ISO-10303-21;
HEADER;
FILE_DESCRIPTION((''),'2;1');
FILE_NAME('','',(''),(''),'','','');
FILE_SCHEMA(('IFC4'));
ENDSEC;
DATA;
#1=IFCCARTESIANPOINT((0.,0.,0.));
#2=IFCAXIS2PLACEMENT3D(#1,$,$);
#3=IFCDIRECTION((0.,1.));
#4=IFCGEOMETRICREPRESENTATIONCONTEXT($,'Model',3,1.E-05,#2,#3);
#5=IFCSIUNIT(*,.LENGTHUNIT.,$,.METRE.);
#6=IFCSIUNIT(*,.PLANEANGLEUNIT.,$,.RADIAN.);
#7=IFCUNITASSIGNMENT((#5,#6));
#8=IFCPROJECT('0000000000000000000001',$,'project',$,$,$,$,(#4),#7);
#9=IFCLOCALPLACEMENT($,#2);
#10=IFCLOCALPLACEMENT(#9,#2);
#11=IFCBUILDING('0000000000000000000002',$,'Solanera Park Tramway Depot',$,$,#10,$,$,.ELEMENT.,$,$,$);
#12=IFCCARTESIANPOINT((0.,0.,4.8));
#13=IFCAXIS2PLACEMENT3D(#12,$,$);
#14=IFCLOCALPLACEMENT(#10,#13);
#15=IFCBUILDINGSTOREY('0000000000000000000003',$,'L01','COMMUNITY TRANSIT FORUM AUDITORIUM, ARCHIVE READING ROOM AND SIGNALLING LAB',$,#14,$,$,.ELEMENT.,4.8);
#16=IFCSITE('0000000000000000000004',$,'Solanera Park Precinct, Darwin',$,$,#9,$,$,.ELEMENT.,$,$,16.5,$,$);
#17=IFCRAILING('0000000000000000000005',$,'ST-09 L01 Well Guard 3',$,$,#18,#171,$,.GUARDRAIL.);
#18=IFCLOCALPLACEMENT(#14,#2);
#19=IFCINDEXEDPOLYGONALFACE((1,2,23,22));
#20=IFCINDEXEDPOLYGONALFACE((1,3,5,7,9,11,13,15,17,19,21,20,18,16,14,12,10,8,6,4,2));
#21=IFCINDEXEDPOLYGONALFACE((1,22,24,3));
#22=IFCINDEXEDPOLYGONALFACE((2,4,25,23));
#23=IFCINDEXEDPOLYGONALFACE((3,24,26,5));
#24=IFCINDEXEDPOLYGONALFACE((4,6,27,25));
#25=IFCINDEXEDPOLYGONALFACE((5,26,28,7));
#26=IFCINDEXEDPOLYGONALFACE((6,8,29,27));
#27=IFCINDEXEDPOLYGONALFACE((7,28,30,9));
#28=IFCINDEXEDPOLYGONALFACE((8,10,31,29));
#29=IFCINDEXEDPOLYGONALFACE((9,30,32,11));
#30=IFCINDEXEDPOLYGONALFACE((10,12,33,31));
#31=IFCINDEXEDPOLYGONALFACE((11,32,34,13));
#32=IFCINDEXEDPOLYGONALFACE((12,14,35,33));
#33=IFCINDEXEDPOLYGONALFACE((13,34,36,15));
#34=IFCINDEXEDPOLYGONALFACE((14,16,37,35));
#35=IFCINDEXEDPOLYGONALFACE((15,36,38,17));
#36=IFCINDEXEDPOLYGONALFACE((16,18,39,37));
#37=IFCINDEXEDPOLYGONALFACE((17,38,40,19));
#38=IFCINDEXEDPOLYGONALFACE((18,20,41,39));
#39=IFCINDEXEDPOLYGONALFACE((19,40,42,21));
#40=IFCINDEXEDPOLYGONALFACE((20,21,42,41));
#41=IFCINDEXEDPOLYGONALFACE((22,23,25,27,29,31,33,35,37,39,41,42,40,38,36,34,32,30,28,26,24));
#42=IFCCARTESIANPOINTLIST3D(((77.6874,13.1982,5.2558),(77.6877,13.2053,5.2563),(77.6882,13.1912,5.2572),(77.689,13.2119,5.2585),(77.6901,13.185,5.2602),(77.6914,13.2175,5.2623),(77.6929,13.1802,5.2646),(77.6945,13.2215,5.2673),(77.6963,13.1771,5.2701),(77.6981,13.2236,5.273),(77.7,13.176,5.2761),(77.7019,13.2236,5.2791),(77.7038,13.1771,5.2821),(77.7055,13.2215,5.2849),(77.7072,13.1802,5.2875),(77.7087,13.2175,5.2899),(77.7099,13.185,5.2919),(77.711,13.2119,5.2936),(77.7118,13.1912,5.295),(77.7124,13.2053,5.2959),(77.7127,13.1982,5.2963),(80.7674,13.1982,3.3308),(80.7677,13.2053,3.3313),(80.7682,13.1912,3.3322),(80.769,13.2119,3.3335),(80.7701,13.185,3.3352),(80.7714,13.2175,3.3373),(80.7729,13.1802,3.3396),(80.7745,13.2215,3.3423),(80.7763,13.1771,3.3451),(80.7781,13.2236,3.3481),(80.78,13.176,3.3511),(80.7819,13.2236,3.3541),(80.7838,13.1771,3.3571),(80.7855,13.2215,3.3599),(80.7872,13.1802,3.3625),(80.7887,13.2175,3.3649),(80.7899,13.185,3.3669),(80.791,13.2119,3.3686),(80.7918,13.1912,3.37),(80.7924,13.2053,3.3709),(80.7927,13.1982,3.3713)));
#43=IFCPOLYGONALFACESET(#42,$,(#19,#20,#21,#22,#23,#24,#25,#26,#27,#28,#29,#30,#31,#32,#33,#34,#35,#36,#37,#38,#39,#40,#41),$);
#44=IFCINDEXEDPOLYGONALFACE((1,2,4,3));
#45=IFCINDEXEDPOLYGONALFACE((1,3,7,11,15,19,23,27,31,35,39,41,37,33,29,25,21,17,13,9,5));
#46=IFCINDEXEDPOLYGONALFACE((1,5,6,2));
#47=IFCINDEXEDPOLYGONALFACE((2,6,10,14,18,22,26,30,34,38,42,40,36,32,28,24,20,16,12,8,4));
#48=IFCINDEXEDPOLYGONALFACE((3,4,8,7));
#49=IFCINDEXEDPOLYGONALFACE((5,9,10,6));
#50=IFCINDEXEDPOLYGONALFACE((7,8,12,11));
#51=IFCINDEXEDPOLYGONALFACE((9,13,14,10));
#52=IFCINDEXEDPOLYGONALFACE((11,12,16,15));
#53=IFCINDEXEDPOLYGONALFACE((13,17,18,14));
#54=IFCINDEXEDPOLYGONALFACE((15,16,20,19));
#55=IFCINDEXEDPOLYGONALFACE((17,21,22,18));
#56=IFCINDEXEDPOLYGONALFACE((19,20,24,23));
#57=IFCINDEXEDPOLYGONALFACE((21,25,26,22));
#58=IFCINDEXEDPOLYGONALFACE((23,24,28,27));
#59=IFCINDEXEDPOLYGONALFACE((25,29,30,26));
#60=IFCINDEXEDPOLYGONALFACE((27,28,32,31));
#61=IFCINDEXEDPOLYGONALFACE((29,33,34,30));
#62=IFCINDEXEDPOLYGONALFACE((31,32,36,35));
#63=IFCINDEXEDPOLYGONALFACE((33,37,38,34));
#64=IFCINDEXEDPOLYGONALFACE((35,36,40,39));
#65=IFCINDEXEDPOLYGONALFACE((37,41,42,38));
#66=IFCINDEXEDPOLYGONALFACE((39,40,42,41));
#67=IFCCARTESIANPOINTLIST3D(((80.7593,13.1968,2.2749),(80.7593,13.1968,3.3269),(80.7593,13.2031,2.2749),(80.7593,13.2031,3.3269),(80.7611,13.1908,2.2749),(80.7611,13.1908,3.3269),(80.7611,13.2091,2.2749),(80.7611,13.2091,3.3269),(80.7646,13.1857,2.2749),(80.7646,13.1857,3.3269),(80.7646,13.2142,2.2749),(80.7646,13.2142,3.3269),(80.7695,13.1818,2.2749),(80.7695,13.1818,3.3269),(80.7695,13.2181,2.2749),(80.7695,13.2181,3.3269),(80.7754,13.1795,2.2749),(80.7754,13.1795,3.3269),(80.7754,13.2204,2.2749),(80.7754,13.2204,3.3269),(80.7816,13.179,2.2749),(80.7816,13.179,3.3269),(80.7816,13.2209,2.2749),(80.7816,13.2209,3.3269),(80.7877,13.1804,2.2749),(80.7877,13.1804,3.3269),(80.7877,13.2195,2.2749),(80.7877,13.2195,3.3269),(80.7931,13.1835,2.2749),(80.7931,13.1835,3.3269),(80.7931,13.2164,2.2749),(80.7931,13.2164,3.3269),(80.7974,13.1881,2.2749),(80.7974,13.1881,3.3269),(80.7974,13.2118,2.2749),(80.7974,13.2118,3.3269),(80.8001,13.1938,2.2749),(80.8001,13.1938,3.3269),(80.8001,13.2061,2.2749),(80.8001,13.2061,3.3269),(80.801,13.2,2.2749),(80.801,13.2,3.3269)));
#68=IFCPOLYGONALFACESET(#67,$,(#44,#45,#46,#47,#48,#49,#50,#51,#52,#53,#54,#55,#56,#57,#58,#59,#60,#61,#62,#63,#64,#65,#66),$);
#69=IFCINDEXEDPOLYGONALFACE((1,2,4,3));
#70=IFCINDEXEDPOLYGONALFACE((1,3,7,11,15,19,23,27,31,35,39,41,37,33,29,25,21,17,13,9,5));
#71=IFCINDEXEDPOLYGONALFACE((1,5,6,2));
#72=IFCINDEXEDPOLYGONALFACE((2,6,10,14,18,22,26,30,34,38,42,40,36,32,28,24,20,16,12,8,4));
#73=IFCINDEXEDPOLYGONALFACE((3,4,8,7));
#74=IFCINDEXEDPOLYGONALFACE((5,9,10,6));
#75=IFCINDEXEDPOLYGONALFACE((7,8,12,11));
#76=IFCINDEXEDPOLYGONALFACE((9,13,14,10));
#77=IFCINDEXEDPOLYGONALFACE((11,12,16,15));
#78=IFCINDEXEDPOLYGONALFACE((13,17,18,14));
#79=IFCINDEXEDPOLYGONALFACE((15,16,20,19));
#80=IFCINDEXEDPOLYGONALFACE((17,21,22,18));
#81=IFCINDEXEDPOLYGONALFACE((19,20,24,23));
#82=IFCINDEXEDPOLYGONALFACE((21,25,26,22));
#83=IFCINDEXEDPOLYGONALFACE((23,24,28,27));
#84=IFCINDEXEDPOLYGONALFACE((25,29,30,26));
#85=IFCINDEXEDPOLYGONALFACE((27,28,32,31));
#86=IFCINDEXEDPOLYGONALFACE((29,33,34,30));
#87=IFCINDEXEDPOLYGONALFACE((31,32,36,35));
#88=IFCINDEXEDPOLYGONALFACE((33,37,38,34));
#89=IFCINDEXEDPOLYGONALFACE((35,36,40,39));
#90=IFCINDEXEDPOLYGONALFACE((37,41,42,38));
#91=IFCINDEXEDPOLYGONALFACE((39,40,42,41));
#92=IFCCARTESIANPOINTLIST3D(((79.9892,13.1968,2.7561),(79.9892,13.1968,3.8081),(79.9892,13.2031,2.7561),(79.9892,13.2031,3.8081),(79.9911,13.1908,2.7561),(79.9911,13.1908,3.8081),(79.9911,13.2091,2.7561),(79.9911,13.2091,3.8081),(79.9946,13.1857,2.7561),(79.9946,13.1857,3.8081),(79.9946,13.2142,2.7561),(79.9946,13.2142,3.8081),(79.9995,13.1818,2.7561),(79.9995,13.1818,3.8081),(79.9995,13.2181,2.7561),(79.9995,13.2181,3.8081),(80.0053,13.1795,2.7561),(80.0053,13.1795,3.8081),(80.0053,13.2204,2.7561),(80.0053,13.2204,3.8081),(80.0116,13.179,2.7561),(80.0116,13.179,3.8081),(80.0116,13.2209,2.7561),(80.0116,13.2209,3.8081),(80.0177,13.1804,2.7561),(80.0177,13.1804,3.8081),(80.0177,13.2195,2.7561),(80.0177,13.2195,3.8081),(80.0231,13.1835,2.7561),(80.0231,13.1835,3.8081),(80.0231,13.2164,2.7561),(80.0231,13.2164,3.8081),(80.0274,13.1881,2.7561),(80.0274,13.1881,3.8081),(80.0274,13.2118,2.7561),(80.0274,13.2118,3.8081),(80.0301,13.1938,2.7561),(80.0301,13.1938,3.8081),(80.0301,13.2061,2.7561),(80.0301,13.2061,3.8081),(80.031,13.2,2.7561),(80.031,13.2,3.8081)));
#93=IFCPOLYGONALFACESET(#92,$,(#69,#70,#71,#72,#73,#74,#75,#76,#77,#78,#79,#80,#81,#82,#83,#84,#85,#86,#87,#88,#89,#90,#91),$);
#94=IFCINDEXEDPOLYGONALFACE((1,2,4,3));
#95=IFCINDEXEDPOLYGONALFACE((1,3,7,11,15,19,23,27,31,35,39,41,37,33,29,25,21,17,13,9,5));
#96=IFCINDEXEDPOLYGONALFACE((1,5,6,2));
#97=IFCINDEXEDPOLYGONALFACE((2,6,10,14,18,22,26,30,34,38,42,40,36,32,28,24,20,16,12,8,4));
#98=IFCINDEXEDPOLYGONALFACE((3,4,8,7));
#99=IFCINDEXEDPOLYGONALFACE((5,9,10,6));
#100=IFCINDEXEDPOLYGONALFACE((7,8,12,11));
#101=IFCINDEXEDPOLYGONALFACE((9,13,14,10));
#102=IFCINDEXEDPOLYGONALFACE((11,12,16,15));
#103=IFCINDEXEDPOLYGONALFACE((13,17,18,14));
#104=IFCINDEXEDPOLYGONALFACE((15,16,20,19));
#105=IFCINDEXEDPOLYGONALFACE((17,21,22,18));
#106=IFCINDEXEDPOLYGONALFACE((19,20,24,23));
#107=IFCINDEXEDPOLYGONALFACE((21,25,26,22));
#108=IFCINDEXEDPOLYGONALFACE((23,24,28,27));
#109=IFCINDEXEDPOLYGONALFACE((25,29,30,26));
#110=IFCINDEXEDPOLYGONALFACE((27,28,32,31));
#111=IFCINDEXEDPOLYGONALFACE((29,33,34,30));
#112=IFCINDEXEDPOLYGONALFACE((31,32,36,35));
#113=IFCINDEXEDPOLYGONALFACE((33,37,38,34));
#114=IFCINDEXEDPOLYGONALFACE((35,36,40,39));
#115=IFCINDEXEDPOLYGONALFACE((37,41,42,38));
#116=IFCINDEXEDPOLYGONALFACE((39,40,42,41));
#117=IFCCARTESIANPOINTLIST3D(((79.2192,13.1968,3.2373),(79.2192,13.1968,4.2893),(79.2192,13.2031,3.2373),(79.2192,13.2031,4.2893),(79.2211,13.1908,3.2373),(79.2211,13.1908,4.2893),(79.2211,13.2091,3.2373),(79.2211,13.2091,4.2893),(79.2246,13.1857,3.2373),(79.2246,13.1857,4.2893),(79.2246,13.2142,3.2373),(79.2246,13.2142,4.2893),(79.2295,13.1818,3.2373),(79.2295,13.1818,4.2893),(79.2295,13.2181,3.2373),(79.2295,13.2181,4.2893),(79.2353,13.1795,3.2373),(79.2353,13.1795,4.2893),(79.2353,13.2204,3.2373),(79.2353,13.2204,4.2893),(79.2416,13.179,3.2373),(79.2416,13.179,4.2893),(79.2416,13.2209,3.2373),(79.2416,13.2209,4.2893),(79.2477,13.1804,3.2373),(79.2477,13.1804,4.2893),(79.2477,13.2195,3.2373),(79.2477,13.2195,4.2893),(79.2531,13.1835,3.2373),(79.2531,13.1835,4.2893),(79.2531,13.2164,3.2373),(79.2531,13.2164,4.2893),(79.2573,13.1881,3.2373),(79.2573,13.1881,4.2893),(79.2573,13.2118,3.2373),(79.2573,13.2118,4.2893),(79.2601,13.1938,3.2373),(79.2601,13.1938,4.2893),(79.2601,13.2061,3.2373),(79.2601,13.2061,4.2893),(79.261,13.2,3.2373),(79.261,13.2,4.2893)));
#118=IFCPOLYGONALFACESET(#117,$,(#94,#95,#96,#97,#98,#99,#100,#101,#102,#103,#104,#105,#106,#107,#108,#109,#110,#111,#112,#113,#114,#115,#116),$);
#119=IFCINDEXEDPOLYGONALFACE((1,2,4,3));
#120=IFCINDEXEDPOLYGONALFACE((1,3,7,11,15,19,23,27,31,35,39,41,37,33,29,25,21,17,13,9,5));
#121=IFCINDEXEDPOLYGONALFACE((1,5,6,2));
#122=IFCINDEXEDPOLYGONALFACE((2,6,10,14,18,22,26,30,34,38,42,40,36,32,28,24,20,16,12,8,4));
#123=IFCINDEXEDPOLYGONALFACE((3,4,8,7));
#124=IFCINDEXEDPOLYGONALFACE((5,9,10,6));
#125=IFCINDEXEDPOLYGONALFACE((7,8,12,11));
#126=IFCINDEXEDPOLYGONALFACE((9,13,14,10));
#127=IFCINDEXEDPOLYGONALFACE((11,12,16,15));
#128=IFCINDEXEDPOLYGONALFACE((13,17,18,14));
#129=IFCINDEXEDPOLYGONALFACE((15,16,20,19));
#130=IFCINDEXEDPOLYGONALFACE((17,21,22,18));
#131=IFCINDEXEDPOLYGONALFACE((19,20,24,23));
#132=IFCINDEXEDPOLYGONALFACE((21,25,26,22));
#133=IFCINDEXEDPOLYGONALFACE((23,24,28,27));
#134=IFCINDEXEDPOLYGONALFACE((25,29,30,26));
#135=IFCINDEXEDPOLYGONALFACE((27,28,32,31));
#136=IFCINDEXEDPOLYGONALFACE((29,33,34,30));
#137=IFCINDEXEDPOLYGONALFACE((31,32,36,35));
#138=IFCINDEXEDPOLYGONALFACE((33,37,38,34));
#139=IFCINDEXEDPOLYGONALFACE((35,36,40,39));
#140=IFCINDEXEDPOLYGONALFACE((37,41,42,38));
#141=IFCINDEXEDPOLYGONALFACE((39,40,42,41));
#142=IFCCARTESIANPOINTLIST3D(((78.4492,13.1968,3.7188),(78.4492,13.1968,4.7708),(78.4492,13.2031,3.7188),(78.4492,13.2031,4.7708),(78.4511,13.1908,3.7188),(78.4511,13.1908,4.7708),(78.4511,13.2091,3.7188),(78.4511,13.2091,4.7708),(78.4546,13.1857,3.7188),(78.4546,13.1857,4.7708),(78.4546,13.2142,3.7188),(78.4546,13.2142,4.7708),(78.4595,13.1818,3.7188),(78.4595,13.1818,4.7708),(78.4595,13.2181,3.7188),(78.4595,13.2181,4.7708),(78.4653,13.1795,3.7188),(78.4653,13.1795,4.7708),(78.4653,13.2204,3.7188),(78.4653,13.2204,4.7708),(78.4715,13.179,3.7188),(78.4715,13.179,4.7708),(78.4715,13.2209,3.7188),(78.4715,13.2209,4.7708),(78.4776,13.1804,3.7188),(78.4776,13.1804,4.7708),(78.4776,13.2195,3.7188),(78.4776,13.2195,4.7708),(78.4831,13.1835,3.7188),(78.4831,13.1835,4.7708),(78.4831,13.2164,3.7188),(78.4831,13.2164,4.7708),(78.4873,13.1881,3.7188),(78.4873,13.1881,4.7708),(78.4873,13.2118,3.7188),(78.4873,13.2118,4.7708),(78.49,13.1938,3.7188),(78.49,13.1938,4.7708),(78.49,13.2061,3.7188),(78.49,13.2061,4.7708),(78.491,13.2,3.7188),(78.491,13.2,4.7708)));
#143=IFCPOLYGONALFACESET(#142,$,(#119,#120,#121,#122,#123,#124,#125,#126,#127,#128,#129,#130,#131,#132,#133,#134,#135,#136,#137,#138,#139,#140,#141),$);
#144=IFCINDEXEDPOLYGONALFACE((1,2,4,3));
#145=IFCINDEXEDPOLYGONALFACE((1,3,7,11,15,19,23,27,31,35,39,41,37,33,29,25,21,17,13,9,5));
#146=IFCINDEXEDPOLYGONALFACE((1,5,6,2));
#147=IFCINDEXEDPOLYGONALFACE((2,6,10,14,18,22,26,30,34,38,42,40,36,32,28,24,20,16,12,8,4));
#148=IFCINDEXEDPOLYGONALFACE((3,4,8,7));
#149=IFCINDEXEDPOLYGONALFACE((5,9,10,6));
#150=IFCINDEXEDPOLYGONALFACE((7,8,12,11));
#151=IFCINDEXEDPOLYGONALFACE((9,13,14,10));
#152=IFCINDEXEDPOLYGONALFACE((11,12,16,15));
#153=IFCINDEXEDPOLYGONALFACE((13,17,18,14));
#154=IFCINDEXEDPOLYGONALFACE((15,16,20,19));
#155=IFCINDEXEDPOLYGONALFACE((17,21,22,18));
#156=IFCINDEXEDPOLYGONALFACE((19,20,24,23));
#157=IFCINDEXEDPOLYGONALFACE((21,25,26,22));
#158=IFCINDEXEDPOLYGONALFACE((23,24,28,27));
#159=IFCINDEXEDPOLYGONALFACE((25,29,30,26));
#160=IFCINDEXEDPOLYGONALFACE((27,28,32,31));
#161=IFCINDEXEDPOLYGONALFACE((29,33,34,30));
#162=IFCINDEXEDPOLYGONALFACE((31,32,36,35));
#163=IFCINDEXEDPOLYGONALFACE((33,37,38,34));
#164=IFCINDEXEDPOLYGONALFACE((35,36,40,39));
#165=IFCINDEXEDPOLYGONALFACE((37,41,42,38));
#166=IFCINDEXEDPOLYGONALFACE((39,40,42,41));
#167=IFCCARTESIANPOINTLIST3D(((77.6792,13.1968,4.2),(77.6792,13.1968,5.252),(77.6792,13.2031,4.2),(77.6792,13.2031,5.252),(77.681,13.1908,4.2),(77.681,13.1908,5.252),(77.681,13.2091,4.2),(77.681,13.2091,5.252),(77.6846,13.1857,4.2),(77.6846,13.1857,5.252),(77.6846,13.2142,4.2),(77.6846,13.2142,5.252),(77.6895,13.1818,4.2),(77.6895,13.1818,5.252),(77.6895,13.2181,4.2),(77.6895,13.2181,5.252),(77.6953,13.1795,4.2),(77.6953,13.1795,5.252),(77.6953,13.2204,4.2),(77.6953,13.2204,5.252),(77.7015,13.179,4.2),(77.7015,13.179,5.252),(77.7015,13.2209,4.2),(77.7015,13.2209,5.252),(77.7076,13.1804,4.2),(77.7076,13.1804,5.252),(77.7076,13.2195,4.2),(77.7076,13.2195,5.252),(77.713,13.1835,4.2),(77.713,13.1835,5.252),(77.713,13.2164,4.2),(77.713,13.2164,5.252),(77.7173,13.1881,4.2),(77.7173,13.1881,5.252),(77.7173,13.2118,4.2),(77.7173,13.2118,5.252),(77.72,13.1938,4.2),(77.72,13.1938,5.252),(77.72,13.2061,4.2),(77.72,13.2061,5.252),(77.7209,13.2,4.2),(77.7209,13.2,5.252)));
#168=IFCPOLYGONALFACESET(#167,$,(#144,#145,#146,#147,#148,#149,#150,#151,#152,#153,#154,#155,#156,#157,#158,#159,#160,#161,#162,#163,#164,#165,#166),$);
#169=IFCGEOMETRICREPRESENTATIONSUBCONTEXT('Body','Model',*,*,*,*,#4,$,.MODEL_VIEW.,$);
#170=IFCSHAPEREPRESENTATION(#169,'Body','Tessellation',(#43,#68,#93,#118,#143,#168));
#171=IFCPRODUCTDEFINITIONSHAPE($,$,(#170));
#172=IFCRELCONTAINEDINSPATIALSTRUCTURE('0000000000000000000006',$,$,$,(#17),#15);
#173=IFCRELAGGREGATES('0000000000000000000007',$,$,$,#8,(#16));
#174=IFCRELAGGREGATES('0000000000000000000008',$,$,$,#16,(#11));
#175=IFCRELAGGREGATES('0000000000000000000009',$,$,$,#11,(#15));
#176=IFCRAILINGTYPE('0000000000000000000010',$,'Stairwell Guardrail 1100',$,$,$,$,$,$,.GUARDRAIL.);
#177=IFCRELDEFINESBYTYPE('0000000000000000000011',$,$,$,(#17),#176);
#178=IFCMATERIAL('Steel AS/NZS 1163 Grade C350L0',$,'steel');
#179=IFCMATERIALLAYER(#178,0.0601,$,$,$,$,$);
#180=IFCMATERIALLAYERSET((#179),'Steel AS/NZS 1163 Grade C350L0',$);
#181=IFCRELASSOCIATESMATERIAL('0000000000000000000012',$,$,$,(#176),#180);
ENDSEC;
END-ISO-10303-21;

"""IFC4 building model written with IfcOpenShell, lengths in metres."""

from ifc_helpers import new_model, si_unit, direction, frame, origin, origin_2d, place, context, subcontext, project, spatial, circle, extrude, material, layer, layer_set, type_object, element, save


model = new_model("IFC4")

# Units and contexts
model_context = context("Model", 3, precision=1e-05, world=origin(), true_north=direction((0.0, 1.0)))
body_context = subcontext(model_context, "Body", "Model", "MODEL_VIEW")
ifc_project = project(units=[si_unit("LENGTHUNIT", "METRE"), si_unit("PLANEANGLEUNIT", "RADIAN")], contexts=[model_context])

# Site, building, storey
site_placement = place(None, origin())
site = spatial("IfcSite", under=ifc_project, at=site_placement, Name="Solanera Park Precinct, Darwin", CompositionType="ELEMENT", RefElevation=16.5)
building_placement = place(site_placement, origin())
building = spatial("IfcBuilding", under=site, at=building_placement, Name="Solanera Park Tramway Depot", CompositionType="ELEMENT")
storey_placement = place(building_placement, frame((0.0, 0.0, 4.8)))
storey = spatial("IfcBuildingStorey", under=building, at=storey_placement, Name="L01", Description="COMMUNITY TRANSIT FORUM AUDITORIUM, ARCHIVE READING ROOM AND SIGNALLING LAB", CompositionType="ELEMENT", Elevation=4.8)

# Railing
ifc_material_1 = material(Name="Steel AS/NZS 1163 Grade C350L0", Category="steel")
ifc_layer_1 = layer(ifc_material_1, 0.0601)
ifc_layer_set_1 = layer_set([ifc_layer_1], Name="Steel AS/NZS 1163 Grade C350L0")
railing_type_1 = type_object("IfcRailingType", Name="Stairwell Guardrail 1100", PredefinedType="GUARDRAIL", material=ifc_layer_set_1)
railing_1_placement = place(storey_placement, frame((80.78, 13.2, 2.2749)))
element("IfcRailing", 1, at=railing_1_placement, inside=storey, type_object=railing_type_1, Name="ST-09 L01 Well Guard 3", PredefinedType="GUARDRAIL", context=body_context, shape_type="SweptSolid", body=[
    extrude(circle(Radius=0.0239, at=origin_2d()), frame((0.0, 0.0, 1.0762), z_axis=(-0.847998, 0.0, 0.529999), x_axis=(0.0, -1.0, 0.0)), (0.0, 0.0, 1.0), 3.6321),
    extrude(circle(Radius=0.021, at=origin_2d()), origin(), (0.0, 0.0, 1.0), 1.052),
    extrude(circle(Radius=0.021, at=origin_2d()), frame((-0.77, 0.0, 0.4812)), (0.0, 0.0, 1.0), 1.052),
    extrude(circle(Radius=0.021, at=origin_2d()), frame((-1.54, 0.0, 0.9624)), (0.0, 0.0, 1.0), 1.052),
    extrude(circle(Radius=0.021, at=origin_2d()), frame((-2.3101, 0.0, 1.4438)), (0.0, 0.0, 1.0), 1.052),
    extrude(circle(Radius=0.021, at=origin_2d()), frame((-3.0801, 0.0, 1.925)), (0.0, 0.0, 1.0), 1.052),
])

save(model, "model.ifc")
